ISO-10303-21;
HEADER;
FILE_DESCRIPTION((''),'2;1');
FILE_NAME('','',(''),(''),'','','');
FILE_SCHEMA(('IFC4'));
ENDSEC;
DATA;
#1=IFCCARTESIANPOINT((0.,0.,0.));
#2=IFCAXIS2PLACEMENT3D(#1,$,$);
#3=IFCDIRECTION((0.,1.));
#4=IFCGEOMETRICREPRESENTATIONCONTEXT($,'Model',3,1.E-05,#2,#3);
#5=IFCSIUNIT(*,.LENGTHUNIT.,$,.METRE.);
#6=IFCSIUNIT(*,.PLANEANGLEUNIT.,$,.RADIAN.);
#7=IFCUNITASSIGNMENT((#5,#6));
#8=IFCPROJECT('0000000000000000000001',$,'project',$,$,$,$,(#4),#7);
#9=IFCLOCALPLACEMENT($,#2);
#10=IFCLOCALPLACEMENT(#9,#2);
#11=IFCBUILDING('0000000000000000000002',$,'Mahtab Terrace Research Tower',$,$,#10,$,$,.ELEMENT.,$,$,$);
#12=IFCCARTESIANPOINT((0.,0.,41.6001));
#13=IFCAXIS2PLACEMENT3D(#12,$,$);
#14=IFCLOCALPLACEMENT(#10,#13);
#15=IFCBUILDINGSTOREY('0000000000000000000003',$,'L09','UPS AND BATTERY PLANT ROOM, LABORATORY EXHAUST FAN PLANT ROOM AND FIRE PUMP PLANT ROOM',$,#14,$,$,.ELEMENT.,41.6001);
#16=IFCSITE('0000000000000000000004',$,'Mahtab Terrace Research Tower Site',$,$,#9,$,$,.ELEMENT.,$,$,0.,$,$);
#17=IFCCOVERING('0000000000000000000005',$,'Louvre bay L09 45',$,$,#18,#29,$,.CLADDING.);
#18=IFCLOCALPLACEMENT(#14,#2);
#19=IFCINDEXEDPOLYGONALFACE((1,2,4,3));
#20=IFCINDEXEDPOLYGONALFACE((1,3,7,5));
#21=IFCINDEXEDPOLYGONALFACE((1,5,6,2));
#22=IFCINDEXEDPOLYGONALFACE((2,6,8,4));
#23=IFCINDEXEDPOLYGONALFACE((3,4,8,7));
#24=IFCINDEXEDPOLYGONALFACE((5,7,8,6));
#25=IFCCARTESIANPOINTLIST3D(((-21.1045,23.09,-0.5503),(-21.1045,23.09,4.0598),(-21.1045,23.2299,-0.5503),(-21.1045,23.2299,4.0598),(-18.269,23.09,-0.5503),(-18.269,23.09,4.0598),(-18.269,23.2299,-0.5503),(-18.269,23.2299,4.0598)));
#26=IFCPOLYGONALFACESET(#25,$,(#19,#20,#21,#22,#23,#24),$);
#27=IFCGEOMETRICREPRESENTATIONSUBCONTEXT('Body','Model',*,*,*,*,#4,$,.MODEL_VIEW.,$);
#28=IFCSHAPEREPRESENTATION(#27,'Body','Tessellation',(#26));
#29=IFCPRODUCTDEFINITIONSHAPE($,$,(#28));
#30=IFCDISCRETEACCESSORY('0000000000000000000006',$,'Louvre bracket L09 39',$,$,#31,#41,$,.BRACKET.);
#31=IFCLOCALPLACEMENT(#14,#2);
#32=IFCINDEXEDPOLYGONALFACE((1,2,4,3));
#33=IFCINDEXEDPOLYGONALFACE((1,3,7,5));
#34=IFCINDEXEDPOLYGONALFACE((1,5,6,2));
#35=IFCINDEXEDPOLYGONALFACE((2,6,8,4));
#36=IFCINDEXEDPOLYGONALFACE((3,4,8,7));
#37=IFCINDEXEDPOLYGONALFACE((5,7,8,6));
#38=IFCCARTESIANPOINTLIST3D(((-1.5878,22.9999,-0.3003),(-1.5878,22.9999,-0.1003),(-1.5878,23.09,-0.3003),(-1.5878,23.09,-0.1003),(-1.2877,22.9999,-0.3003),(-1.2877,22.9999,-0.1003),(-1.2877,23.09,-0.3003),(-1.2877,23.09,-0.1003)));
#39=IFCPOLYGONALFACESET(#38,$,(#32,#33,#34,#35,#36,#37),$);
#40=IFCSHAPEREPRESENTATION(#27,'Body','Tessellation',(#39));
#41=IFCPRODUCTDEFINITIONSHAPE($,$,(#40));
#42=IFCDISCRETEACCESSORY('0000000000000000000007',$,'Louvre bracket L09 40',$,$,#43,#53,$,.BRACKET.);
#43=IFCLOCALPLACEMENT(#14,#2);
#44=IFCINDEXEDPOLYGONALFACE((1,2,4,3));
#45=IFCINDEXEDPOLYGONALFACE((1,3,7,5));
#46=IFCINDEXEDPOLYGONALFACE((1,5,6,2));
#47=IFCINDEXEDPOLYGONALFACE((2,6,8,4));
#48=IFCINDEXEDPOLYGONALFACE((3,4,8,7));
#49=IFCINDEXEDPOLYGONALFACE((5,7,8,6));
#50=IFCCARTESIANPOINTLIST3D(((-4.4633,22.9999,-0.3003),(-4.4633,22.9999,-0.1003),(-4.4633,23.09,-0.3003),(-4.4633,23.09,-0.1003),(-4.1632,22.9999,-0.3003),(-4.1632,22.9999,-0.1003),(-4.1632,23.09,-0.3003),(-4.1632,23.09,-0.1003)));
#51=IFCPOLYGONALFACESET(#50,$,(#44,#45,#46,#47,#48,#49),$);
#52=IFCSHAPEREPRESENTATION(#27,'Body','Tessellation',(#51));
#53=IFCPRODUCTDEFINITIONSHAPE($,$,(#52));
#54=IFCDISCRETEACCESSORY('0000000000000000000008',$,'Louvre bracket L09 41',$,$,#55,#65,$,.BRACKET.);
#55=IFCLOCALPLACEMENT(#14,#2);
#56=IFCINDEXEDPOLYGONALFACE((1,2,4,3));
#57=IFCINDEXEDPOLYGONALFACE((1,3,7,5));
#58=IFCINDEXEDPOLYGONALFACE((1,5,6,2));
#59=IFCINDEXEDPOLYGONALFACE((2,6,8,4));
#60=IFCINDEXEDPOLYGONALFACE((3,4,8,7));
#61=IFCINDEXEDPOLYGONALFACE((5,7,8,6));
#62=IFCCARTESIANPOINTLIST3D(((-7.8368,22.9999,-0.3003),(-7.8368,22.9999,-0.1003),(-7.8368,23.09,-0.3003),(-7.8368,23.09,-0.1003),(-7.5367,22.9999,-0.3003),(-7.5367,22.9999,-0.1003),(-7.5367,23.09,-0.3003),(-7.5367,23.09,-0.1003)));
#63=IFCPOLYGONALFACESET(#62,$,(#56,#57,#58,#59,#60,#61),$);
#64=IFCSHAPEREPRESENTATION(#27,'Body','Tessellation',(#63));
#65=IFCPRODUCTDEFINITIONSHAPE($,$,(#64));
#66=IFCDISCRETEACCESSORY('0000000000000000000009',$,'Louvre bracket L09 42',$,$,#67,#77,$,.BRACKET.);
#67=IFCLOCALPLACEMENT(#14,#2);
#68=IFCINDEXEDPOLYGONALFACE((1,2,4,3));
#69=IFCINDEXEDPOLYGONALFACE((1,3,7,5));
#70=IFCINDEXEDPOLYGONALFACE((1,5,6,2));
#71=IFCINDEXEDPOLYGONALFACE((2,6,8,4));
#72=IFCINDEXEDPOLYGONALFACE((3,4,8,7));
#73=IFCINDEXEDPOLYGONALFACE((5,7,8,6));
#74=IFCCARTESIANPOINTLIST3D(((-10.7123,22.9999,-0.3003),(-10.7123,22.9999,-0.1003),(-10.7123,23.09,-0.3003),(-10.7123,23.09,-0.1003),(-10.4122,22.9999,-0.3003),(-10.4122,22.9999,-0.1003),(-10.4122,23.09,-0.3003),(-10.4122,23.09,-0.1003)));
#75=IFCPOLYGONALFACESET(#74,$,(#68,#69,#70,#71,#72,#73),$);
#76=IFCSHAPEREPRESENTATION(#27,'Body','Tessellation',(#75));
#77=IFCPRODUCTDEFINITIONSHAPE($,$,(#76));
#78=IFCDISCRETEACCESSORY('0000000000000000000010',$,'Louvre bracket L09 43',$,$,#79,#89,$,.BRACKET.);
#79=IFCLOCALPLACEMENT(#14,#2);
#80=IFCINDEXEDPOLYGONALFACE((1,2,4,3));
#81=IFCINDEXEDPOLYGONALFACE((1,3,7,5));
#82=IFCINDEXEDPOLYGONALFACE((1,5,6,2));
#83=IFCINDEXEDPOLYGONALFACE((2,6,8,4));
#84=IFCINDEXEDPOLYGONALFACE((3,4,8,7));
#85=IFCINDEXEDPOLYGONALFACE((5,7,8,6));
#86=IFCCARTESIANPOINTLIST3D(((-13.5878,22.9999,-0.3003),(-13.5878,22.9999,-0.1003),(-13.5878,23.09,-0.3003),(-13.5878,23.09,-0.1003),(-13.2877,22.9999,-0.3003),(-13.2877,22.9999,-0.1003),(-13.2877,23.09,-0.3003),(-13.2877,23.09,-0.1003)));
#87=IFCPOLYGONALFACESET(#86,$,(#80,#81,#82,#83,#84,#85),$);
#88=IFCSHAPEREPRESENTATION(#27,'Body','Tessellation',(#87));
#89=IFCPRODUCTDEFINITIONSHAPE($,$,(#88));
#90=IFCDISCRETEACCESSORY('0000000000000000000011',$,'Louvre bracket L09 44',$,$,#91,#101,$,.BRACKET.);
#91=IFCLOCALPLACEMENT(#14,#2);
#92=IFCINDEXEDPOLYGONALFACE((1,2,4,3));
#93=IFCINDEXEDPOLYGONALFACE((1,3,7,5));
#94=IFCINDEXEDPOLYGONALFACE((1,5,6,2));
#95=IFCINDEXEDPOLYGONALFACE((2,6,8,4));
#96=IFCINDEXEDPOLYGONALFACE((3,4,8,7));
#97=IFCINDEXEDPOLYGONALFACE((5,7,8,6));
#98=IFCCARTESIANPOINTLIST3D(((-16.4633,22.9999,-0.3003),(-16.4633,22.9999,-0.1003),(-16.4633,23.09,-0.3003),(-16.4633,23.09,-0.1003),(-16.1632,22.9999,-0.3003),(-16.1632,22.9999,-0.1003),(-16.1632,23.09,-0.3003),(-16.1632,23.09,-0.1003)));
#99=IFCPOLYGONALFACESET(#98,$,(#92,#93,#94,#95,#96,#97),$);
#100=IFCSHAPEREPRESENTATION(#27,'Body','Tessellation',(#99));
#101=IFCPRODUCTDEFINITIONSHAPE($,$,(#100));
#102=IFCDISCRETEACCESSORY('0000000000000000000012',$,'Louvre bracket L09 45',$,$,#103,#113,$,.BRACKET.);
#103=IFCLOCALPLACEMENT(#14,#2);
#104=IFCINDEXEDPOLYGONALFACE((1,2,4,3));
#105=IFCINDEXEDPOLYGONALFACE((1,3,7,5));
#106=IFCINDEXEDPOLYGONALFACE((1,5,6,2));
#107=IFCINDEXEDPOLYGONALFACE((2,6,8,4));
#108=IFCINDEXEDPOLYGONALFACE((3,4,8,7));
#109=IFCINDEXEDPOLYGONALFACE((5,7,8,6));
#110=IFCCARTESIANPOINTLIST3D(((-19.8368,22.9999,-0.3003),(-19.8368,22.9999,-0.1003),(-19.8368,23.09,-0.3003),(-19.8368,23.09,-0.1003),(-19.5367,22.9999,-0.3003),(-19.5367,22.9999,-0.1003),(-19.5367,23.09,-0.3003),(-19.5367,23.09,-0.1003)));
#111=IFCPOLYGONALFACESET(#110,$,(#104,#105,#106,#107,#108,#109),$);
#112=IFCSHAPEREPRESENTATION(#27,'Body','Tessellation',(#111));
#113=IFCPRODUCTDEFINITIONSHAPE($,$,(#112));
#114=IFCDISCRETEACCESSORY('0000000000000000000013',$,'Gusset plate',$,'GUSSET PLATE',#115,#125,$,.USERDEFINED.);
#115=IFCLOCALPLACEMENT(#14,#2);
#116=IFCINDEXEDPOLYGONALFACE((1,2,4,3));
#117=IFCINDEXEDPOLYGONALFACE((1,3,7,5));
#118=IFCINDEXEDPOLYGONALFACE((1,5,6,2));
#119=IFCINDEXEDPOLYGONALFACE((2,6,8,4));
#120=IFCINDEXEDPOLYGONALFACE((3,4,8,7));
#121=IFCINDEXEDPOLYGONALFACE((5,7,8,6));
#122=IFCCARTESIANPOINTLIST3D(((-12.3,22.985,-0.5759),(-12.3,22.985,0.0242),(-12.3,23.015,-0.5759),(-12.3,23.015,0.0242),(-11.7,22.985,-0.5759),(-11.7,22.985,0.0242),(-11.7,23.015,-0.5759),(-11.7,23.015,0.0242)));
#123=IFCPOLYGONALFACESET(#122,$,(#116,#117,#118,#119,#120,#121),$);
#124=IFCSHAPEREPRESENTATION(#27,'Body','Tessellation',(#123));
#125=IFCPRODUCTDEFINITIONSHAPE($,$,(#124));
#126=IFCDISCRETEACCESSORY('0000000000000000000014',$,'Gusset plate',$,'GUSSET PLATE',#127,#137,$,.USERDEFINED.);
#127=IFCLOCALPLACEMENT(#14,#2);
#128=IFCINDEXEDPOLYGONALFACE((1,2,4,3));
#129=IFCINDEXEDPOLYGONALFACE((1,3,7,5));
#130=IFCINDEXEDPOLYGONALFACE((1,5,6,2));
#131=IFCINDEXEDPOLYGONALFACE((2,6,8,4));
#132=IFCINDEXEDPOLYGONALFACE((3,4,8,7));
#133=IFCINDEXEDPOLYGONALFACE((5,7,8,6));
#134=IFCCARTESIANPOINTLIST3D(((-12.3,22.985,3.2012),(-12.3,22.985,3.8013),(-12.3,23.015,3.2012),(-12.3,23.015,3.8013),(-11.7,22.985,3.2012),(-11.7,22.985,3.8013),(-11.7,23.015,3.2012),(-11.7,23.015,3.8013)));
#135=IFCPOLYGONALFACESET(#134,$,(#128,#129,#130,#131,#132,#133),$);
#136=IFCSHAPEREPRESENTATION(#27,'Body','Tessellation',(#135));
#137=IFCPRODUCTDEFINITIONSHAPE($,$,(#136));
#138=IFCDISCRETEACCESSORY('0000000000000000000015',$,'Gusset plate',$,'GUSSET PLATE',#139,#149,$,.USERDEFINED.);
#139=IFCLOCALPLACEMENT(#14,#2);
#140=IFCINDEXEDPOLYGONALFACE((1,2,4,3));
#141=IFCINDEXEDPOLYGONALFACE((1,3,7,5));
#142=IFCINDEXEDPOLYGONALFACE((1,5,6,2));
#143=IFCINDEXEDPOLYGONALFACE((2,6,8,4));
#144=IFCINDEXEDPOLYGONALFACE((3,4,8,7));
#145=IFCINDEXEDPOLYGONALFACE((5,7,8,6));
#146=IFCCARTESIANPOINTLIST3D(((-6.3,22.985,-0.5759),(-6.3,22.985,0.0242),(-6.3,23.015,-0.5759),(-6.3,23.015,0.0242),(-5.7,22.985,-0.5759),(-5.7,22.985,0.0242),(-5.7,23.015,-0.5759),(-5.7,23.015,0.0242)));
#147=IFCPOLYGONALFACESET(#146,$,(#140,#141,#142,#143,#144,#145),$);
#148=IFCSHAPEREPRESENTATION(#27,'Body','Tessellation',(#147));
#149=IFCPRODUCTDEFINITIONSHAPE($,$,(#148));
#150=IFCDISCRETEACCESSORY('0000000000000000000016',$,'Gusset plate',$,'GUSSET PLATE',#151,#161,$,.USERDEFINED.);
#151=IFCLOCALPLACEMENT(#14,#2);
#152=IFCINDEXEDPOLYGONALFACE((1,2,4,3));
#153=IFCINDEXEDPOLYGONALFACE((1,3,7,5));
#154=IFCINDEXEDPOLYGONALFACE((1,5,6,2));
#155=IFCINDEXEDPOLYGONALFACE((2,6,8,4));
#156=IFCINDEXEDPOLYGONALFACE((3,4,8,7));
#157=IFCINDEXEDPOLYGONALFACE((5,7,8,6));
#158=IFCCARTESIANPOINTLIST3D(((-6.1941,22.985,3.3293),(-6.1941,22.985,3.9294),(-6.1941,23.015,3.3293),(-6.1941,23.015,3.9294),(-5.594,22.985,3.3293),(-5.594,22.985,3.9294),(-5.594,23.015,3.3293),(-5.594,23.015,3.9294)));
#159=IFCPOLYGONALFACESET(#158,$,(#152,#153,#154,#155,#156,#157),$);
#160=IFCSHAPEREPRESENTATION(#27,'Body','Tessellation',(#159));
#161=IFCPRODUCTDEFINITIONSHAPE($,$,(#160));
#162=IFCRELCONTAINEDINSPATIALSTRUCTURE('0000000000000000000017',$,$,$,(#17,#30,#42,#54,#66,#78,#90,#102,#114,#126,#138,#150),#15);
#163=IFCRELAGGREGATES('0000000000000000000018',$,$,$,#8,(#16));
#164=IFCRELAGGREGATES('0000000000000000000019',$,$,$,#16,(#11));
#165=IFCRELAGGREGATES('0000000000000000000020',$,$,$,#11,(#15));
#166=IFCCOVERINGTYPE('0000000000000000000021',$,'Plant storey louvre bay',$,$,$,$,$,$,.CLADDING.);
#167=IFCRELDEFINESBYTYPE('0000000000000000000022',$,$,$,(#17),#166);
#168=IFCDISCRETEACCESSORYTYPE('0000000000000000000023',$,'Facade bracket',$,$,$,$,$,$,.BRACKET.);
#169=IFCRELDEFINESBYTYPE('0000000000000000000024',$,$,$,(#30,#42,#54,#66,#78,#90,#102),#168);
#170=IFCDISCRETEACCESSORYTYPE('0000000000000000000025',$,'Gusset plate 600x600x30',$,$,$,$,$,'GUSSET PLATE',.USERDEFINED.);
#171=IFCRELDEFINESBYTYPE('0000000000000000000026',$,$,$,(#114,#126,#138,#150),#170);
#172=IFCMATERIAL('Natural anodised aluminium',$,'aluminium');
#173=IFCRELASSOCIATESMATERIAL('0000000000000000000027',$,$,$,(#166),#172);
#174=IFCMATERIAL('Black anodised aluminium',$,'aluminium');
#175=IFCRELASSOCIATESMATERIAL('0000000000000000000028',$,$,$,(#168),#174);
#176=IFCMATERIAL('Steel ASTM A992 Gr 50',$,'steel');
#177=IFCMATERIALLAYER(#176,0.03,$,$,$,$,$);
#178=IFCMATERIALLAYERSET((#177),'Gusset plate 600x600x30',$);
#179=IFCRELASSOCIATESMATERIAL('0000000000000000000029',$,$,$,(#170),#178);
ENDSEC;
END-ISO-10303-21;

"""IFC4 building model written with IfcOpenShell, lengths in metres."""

from ifc_helpers import new_model, si_unit, direction, frame, origin, origin_2d, place, context, subcontext, project, spatial, rectangle, extrude, material, layer, layer_set, type_object, element, save


model = new_model("IFC4")

# Units and contexts
model_context = context("Model", 3, precision=1e-05, world=origin(), true_north=direction((0.0, 1.0)))
body_context = subcontext(model_context, "Body", "Model", "MODEL_VIEW")
ifc_project = project(units=[si_unit("LENGTHUNIT", "METRE"), si_unit("PLANEANGLEUNIT", "RADIAN")], contexts=[model_context])

# Site, building, storey
site_placement = place(None, origin())
site = spatial("IfcSite", under=ifc_project, at=site_placement, Name="Mahtab Terrace Research Tower Site", CompositionType="ELEMENT", RefElevation=0.0)
building_placement = place(site_placement, origin())
building = spatial("IfcBuilding", under=site, at=building_placement, Name="Mahtab Terrace Research Tower", CompositionType="ELEMENT")
storey_placement = place(building_placement, frame((0.0, 0.0, 41.6001)))
storey = spatial("IfcBuildingStorey", under=building, at=storey_placement, Name="L09", Description="UPS AND BATTERY PLANT ROOM, LABORATORY EXHAUST FAN PLANT ROOM AND FIRE PUMP PLANT ROOM", CompositionType="ELEMENT", Elevation=41.6001)

# Shared definitions
ifc_material_1 = material(Name="Steel ASTM A992 Gr 50", Category="steel")

# Covering
ifc_material_2 = material(Name="Natural anodised aluminium", Category="aluminium")
covering_type = type_object("IfcCoveringType", Name="Plant storey louvre bay", PredefinedType="CLADDING", material=ifc_material_2)
for number, where, z_axis, x_axis, name in (
    (1, (-19.6868, 23.1599, -0.5503), (0.0, 0.0, 1.0), (-1.0, 0.0, 0.0), "Louvre bay L09 45"),
):
    element("IfcCovering", number, at=place(storey_placement, frame(where, z_axis=z_axis, x_axis=x_axis)), inside=storey, type_object=covering_type, Name=name, PredefinedType="CLADDING", context=body_context, shape_type="SweptSolid", body=[
        extrude(rectangle(XDim=2.8354, YDim=0.1399, at=origin_2d()), origin(), (0.0, 0.0, 1.0), 4.6101),
    ])

# Discrete accessories
ifc_material_3 = material(Name="Black anodised aluminium", Category="aluminium")
discrete_accessory_type_1 = type_object("IfcDiscreteAccessoryType", Name="Facade bracket", PredefinedType="BRACKET", material=ifc_material_3)
for number, where, z_axis, x_axis, name in (
    (2, (-1.4377, 23.0449, -0.3003), (0.0, 0.0, 1.0), (-1.0, 0.0, 0.0), "Louvre bracket L09 39"),
    (3, (-4.3132, 23.0449, -0.3003), (0.0, 0.0, 1.0), (-1.0, 0.0, 0.0), "Louvre bracket L09 40"),
    (4, (-7.6868, 23.0449, -0.3003), (0.0, 0.0, 1.0), (-1.0, 0.0, 0.0), "Louvre bracket L09 41"),
    (5, (-10.5623, 23.0449, -0.3003), (0.0, 0.0, 1.0), (-1.0, 0.0, 0.0), "Louvre bracket L09 42"),
    (6, (-13.4377, 23.0449, -0.3003), (0.0, 0.0, 1.0), (-1.0, 0.0, 0.0), "Louvre bracket L09 43"),
    (7, (-16.3132, 23.0449, -0.3003), (0.0, 0.0, 1.0), (-1.0, 0.0, 0.0), "Louvre bracket L09 44"),
    (8, (-19.6868, 23.0449, -0.3003), (0.0, 0.0, 1.0), (-1.0, 0.0, 0.0), "Louvre bracket L09 45"),
):
    element("IfcDiscreteAccessory", number, at=place(storey_placement, frame(where, z_axis=z_axis, x_axis=x_axis)), inside=storey, type_object=discrete_accessory_type_1, Name=name, PredefinedType="BRACKET", context=body_context, shape_type="SweptSolid", body=[
        extrude(rectangle(XDim=0.3, YDim=0.0901, at=origin_2d()), origin(), (0.0, 0.0, 1.0), 0.2),
    ])
ifc_layer = layer(ifc_material_1, 0.03)
ifc_layer_set = layer_set([ifc_layer], Name="Gusset plate 600x600x30")
discrete_accessory_type_2 = type_object("IfcDiscreteAccessoryType", Name="Gusset plate 600x600x30", ElementType="GUSSET PLATE", PredefinedType="USERDEFINED", material=ifc_layer_set)
for number, where, z_axis, x_axis, name in (
    (9, (-12.0, 23.0, -0.5759), (0.0, 0.0, 1.0), (1.0, 0.0, 0.0), "Gusset plate"),
    (10, (-12.0, 23.0, 3.2012), (0.0, 0.0, 1.0), (1.0, 0.0, 0.0), "Gusset plate"),
    (11, (-6.0, 23.0, -0.5759), (0.0, 0.0, 1.0), (1.0, 0.0, 0.0), "Gusset plate"),
    (12, (-5.894, 23.0, 3.3293), (0.0, 0.0, 1.0), (1.0, 0.0, 0.0), "Gusset plate"),
):
    element("IfcDiscreteAccessory", number, at=place(storey_placement, frame(where, z_axis=z_axis, x_axis=x_axis)), inside=storey, type_object=discrete_accessory_type_2, Name=name, ObjectType="GUSSET PLATE", PredefinedType="USERDEFINED", context=body_context, shape_type="SweptSolid", body=[
        extrude(rectangle(XDim=0.6001, YDim=0.03, at=origin_2d()), origin(), (0.0, 0.0, 1.0), 0.6001),
    ])

save(model, "model.ifc")
